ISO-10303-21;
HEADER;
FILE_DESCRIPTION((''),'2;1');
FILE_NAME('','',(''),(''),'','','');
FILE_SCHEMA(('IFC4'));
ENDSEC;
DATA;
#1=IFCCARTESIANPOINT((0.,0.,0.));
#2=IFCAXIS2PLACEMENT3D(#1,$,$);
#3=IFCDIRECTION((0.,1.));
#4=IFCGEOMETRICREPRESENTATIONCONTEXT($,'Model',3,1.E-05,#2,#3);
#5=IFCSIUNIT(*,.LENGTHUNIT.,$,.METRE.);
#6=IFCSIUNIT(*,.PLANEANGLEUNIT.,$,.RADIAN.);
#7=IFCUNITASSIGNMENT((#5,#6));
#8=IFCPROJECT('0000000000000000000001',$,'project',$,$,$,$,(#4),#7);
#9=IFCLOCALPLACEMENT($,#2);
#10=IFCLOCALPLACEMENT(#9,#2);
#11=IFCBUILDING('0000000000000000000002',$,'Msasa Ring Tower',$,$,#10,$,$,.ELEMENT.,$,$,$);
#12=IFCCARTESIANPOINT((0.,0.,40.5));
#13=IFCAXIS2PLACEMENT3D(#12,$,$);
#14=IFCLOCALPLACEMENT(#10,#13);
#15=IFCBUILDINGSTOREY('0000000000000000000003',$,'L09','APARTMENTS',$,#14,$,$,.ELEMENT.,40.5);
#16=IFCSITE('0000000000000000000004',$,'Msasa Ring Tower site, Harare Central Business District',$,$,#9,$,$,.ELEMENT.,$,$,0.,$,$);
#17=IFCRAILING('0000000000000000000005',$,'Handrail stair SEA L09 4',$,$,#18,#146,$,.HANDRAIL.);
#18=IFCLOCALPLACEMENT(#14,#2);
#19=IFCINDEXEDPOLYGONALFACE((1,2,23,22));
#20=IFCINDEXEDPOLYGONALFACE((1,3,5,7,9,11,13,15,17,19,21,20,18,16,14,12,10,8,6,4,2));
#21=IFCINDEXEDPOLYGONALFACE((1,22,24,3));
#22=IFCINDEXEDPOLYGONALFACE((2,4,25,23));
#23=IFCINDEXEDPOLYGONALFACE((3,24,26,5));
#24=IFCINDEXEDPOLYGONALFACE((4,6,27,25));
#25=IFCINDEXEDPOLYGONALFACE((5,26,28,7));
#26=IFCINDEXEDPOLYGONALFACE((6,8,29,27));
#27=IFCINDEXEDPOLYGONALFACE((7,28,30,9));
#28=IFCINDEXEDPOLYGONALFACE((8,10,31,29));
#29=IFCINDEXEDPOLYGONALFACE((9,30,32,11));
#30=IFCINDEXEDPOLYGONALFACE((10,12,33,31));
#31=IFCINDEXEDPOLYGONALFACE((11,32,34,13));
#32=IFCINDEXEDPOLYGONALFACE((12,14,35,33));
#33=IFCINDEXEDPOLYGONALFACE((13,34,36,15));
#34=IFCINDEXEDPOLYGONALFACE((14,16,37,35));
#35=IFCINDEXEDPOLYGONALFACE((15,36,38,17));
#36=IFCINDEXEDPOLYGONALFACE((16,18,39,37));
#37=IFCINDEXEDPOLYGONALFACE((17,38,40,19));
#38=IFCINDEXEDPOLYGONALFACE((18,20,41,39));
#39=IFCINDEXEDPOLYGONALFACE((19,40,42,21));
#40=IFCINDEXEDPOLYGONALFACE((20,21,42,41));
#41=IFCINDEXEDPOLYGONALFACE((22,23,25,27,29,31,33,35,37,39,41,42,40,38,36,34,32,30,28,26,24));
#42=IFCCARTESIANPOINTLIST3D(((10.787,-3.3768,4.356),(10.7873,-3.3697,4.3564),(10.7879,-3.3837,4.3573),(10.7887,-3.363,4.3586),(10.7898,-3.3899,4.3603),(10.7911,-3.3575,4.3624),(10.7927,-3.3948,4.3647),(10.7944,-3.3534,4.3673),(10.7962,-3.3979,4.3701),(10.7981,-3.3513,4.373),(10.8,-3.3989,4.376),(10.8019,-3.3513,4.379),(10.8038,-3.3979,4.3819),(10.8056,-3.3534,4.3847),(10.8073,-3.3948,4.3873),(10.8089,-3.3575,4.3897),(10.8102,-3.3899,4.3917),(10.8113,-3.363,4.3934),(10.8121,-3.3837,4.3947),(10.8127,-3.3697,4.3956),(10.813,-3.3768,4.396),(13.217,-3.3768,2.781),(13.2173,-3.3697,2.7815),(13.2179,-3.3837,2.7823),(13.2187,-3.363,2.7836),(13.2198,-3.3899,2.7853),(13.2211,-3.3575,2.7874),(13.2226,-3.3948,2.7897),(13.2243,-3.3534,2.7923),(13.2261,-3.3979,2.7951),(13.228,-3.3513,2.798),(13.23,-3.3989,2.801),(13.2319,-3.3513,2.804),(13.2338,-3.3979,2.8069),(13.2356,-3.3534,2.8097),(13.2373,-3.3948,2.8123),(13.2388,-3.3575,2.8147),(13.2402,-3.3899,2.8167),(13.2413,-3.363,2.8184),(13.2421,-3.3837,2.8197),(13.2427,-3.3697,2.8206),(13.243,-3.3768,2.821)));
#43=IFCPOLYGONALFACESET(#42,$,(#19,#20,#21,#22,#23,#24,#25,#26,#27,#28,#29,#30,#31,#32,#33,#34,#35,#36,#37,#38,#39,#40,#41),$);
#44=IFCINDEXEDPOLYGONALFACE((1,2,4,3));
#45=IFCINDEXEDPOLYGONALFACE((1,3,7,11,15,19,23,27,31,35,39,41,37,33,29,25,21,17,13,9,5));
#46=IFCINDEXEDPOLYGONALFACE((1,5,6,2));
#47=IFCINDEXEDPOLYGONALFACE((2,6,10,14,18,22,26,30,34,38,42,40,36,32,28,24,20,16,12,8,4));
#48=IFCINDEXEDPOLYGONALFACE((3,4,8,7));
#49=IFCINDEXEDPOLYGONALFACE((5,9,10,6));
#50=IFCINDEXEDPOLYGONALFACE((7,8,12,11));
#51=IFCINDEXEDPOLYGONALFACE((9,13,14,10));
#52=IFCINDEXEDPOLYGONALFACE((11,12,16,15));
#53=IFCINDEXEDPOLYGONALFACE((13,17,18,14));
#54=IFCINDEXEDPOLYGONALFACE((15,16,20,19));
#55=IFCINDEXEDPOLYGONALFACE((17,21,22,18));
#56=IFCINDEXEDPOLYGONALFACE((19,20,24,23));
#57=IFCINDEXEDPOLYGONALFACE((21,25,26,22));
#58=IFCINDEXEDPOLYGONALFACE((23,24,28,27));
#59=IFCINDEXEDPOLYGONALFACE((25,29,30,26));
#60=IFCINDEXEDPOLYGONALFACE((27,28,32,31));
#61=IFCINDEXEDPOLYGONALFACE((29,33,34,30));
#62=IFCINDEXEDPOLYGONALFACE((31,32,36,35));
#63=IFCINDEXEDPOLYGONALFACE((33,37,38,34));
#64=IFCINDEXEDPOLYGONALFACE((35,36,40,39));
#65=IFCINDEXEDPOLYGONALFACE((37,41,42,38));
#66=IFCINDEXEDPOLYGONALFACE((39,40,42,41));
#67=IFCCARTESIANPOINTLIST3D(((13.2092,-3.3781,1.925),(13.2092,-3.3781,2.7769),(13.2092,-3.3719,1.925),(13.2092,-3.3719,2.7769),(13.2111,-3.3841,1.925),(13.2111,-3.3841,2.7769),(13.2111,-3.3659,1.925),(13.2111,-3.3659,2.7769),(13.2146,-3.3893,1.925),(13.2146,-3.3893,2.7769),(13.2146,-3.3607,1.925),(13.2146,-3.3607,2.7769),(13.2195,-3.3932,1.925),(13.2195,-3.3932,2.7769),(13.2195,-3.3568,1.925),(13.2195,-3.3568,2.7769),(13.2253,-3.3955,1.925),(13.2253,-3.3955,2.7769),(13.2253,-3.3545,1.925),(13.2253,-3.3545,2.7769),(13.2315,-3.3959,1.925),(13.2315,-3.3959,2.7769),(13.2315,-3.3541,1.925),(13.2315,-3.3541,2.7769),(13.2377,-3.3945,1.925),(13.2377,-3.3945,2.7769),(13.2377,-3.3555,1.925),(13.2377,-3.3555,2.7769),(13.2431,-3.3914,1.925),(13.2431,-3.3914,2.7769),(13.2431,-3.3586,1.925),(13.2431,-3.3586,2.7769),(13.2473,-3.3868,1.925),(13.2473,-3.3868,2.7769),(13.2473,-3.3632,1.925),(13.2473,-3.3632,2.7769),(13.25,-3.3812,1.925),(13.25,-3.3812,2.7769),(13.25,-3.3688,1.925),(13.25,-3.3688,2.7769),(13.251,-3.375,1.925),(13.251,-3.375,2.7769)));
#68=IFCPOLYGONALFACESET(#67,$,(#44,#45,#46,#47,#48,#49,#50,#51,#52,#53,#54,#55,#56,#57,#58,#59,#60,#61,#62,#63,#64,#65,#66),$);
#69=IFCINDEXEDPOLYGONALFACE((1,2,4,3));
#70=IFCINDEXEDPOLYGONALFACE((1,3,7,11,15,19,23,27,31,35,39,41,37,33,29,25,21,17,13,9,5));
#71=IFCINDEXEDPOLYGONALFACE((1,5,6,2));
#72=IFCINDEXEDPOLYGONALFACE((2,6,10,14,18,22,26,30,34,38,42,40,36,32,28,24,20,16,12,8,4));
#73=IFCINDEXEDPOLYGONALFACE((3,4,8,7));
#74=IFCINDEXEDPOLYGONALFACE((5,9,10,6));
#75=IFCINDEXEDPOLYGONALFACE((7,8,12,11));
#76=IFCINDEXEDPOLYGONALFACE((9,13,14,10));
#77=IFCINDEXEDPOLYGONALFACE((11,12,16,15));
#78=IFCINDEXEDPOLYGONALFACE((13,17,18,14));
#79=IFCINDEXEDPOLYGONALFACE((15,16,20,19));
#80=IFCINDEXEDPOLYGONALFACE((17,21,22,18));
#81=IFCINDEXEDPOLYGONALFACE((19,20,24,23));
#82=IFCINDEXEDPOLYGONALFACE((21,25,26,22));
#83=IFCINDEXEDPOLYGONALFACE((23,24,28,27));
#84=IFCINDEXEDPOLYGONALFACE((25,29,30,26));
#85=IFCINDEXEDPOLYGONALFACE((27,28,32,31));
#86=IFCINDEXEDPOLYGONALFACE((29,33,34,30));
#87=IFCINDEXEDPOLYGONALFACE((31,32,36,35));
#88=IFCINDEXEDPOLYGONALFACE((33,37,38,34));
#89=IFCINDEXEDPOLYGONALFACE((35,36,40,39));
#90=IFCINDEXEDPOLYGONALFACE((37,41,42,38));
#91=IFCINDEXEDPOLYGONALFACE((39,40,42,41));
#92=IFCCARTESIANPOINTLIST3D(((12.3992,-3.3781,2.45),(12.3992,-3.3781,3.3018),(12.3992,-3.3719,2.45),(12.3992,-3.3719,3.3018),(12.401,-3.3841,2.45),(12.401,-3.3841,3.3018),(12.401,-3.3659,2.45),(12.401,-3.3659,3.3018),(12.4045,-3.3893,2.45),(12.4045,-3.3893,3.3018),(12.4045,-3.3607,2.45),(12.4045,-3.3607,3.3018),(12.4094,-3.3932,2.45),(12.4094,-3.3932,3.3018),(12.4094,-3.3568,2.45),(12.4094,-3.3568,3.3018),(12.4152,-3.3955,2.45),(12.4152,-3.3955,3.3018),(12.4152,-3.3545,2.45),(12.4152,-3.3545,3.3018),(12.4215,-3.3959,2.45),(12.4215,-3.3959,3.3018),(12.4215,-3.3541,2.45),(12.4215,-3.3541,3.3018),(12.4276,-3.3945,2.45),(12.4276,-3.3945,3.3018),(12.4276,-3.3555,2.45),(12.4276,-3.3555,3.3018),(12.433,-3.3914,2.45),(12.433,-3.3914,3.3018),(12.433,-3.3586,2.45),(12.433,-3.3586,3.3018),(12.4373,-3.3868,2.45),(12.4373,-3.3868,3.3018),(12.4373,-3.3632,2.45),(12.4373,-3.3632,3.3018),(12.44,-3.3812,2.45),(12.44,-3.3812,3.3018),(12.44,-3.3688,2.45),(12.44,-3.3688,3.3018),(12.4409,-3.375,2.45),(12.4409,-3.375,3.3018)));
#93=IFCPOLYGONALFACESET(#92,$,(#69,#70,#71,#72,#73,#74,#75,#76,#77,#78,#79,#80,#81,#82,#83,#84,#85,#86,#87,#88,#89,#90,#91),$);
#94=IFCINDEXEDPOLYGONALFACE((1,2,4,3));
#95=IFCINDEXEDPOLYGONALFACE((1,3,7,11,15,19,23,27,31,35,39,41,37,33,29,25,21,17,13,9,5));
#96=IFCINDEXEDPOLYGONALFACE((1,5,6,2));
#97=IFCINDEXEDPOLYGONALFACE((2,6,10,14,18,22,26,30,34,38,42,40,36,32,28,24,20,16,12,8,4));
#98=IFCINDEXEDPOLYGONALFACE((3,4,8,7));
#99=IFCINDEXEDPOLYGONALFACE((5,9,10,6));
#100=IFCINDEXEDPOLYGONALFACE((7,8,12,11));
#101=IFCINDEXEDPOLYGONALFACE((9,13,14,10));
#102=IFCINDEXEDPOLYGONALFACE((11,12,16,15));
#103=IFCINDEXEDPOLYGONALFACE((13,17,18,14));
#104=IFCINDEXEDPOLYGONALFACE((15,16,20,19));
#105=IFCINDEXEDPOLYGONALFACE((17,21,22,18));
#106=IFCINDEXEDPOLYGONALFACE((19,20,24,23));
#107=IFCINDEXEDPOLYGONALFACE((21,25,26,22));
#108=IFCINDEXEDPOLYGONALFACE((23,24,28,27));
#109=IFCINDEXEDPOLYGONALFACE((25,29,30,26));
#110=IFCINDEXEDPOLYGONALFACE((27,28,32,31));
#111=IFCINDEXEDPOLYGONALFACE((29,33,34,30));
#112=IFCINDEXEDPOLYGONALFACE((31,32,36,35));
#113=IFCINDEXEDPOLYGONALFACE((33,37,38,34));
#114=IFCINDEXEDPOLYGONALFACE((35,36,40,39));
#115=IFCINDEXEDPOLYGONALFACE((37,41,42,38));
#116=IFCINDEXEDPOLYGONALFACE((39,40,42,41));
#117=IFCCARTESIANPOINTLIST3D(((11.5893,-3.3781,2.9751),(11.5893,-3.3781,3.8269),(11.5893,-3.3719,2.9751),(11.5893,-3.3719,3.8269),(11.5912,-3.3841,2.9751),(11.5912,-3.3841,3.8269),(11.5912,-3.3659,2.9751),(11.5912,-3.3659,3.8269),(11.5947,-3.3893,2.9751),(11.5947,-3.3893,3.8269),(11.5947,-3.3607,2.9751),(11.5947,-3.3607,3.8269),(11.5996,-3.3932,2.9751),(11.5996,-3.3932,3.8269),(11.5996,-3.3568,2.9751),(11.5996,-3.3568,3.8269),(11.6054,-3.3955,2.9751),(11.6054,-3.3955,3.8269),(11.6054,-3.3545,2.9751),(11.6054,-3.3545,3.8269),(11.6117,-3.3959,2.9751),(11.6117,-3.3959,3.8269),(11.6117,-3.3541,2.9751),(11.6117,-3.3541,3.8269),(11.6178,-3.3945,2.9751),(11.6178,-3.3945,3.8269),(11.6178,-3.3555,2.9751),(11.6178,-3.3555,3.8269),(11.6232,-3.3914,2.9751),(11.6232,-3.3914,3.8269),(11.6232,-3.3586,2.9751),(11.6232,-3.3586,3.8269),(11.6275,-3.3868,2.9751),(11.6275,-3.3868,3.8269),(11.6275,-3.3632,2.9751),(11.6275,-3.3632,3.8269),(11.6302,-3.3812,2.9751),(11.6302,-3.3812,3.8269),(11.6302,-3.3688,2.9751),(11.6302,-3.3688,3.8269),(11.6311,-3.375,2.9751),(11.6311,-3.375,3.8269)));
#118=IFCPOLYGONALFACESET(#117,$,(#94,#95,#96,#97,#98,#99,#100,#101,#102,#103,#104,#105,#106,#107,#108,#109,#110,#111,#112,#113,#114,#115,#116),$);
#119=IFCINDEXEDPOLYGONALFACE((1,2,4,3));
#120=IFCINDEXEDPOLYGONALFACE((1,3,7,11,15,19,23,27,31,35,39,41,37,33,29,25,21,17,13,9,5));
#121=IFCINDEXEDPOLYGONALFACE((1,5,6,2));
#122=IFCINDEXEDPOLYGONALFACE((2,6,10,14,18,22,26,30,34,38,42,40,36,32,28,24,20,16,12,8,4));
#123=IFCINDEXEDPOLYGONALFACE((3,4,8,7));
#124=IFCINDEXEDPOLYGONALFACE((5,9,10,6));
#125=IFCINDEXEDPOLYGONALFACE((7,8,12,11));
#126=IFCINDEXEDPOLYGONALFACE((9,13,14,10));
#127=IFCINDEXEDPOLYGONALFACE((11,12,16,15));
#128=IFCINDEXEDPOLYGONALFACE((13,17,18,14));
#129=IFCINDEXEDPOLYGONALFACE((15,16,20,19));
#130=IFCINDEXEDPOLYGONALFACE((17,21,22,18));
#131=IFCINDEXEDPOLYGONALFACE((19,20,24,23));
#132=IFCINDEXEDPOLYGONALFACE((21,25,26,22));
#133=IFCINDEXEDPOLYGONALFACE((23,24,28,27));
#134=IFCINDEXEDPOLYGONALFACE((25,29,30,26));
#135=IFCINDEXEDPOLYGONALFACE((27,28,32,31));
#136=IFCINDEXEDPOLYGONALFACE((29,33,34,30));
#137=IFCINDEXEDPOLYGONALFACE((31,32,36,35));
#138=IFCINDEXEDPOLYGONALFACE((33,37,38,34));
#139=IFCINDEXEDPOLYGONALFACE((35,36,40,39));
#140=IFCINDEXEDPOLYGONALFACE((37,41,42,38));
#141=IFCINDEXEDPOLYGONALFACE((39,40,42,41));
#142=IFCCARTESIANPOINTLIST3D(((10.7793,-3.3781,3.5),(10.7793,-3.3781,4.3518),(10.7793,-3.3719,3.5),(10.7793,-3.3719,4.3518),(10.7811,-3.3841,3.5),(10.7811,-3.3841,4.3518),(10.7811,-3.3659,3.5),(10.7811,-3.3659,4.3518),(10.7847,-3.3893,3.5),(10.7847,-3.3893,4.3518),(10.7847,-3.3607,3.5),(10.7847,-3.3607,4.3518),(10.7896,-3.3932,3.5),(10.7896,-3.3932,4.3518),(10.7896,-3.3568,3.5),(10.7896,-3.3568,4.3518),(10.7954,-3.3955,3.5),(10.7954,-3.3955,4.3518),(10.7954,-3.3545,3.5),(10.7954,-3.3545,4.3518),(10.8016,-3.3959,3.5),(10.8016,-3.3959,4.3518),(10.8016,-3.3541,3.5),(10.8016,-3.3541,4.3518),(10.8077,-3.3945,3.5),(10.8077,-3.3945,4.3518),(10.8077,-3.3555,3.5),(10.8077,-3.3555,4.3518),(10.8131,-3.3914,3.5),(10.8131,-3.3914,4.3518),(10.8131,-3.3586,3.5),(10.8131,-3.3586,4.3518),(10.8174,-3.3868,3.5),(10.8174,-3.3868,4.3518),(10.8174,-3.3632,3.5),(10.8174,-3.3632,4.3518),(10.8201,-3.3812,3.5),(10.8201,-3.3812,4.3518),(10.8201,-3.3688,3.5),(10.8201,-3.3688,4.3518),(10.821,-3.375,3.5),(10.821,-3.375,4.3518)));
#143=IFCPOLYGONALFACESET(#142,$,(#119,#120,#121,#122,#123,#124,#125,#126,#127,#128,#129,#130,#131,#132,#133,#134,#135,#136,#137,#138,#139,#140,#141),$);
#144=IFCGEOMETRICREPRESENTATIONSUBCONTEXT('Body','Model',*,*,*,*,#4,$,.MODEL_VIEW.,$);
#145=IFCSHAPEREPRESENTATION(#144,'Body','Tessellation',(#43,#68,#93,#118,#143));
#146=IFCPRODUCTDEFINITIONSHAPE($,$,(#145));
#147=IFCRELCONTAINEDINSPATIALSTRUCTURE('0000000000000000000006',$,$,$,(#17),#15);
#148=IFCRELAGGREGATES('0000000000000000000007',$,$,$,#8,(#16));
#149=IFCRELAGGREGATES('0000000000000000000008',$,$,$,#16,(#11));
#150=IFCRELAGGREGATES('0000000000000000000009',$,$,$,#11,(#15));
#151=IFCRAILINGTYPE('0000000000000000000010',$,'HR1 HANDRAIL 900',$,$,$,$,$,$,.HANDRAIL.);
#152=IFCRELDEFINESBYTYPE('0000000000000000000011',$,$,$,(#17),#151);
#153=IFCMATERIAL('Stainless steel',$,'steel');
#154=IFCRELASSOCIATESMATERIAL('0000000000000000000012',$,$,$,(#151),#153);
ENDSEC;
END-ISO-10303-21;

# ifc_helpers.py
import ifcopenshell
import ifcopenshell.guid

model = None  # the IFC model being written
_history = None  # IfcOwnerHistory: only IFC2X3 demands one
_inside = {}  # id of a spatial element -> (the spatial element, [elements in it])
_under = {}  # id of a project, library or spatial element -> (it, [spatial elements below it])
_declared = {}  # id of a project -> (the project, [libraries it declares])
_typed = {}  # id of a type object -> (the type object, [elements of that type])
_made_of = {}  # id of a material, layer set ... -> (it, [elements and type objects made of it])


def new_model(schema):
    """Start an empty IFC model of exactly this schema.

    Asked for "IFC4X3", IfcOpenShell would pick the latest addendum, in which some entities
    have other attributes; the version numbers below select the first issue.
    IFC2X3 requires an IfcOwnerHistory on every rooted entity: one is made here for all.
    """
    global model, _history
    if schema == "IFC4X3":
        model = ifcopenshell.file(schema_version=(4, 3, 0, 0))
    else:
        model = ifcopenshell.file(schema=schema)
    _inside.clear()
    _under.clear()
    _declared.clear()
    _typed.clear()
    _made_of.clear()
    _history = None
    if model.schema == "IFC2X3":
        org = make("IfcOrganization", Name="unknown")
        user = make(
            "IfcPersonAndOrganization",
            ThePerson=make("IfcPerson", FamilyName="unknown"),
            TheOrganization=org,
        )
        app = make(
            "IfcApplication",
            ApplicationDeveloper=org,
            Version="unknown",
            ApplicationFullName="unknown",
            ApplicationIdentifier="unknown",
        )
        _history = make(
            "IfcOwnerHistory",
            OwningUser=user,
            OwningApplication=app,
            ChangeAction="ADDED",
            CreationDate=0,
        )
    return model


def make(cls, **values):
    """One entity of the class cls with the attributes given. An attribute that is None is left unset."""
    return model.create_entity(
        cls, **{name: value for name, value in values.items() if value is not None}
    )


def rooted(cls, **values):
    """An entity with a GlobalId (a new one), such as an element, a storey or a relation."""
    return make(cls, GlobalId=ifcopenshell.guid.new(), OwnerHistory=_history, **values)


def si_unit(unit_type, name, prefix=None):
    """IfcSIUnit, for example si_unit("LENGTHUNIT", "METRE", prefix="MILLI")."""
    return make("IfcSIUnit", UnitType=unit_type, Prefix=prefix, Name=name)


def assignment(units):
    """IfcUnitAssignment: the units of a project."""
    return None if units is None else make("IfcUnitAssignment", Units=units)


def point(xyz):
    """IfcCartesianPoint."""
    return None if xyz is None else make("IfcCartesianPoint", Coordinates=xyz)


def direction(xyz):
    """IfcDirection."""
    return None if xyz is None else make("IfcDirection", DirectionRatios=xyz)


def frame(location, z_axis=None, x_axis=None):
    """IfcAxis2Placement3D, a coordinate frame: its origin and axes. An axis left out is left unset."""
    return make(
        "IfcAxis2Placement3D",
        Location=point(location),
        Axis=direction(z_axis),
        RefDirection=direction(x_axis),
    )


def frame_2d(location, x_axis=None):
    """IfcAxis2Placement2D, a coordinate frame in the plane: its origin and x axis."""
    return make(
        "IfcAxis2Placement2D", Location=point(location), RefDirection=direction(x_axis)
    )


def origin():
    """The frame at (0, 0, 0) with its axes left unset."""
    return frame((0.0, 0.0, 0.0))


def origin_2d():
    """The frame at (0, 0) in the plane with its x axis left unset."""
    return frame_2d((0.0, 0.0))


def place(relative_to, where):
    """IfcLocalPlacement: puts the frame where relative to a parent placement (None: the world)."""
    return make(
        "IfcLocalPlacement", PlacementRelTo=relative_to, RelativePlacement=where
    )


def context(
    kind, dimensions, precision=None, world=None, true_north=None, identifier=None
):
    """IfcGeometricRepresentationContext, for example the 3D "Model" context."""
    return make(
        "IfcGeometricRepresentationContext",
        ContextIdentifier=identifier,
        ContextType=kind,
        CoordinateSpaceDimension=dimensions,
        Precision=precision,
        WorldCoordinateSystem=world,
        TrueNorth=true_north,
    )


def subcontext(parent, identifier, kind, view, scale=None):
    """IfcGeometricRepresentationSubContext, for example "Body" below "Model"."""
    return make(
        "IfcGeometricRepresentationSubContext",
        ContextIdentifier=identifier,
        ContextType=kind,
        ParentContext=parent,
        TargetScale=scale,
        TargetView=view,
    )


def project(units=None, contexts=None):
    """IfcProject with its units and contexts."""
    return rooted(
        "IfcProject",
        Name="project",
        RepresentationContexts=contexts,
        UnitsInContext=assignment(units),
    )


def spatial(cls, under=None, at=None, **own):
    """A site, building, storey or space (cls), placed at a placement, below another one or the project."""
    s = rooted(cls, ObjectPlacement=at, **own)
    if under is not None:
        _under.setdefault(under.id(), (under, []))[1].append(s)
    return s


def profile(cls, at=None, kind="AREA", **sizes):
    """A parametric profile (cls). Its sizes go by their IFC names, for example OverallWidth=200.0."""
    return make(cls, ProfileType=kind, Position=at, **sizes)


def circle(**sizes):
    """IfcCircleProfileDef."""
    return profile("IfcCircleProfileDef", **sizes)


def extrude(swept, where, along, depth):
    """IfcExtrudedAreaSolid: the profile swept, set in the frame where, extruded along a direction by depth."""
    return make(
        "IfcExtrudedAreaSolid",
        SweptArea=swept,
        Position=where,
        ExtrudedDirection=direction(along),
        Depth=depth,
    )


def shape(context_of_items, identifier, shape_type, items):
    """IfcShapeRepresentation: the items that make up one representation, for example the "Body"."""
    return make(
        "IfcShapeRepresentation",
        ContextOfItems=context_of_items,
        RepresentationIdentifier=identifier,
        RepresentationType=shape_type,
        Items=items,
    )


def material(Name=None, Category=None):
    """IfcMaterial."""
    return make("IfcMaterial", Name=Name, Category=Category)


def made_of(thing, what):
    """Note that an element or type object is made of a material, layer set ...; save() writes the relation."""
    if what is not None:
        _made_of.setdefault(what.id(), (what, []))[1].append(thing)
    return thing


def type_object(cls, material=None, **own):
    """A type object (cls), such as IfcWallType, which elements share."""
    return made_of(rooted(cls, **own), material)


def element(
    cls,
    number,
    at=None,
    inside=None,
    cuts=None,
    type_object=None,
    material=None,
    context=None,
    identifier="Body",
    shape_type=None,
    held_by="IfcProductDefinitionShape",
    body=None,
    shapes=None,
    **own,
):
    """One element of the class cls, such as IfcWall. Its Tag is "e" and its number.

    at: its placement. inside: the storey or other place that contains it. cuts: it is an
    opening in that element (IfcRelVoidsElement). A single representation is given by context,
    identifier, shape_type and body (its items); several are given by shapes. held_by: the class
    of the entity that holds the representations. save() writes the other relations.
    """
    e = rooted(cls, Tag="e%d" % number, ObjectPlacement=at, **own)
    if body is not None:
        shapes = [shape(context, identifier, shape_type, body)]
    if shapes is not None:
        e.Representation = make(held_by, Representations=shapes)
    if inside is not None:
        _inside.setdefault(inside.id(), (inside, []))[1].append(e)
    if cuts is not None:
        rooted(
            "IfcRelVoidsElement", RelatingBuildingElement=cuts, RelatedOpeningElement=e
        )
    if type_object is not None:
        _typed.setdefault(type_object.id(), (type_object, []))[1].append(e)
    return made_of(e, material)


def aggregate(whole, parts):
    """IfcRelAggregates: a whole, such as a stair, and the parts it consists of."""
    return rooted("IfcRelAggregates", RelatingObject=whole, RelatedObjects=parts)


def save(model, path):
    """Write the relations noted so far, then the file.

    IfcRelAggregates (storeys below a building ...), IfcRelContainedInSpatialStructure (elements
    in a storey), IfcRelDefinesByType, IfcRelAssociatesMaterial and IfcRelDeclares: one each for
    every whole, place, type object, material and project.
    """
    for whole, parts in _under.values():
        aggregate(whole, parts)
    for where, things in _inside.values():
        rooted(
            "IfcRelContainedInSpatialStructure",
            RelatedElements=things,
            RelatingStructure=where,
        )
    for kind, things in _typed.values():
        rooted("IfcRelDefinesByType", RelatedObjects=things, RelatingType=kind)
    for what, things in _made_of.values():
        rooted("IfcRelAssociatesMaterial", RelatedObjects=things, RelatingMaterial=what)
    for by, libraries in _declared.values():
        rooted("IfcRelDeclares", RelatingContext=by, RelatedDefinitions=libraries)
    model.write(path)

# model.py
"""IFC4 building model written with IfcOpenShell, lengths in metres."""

from ifc_helpers import new_model, si_unit, direction, frame, origin, origin_2d, place, context, subcontext, project, spatial, circle, extrude, material, type_object, element, save


model = new_model("IFC4")

# Units and contexts
model_context = context("Model", 3, precision=1e-05, world=origin(), true_north=direction((0.0, 1.0)))
body_context = subcontext(model_context, "Body", "Model", "MODEL_VIEW")
ifc_project = project(units=[si_unit("LENGTHUNIT", "METRE"), si_unit("PLANEANGLEUNIT", "RADIAN")], contexts=[model_context])

# Site, building, storey
site_placement = place(None, origin())
site = spatial("IfcSite", under=ifc_project, at=site_placement, Name="Msasa Ring Tower site, Harare Central Business District", CompositionType="ELEMENT", RefElevation=0.0)
building_placement = place(site_placement, origin())
building = spatial("IfcBuilding", under=site, at=building_placement, Name="Msasa Ring Tower", CompositionType="ELEMENT")
storey_placement = place(building_placement, frame((0.0, 0.0, 40.5)))
storey = spatial("IfcBuildingStorey", under=building, at=storey_placement, Name="L09", Description="APARTMENTS", CompositionType="ELEMENT", Elevation=40.5)

# Railing
ifc_material_1 = material(Name="Stainless steel", Category="steel")
railing_type = type_object("IfcRailingType", Name="HR1 HANDRAIL 900", PredefinedType="HANDRAIL", material=ifc_material_1)
for number, where, name in (
    (1, (13.23, -3.375, 1.925), "Handrail stair SEA L09 4"),
):
    element("IfcRailing", number, at=place(storey_placement, frame(where)), inside=storey, type_object=railing_type, Name=name, PredefinedType="HANDRAIL", context=body_context, shape_type="SweptSolid", body=[
        extrude(circle(Radius=0.0239, at=origin_2d()), frame((0.0, 0.0, 0.876), z_axis=(-0.839154, 0.0, 0.543894), x_axis=(0.0, -1.0, 0.0)), (0.0, 0.0, 1.0), 2.8958),
        extrude(circle(Radius=0.021, at=origin_2d()), origin(), (0.0, 0.0, 1.0), 0.8518),
        extrude(circle(Radius=0.021, at=origin_2d()), frame((-0.8101, 0.0, 0.5249)), (0.0, 0.0, 1.0), 0.8518),
        extrude(circle(Radius=0.021, at=origin_2d()), frame((-1.6199, 0.0, 1.05)), (0.0, 0.0, 1.0), 0.8518),
        extrude(circle(Radius=0.021, at=origin_2d()), frame((-2.4299, 0.0, 1.575)), (0.0, 0.0, 1.0), 0.8518),
    ])

save(model, "model.ifc")
